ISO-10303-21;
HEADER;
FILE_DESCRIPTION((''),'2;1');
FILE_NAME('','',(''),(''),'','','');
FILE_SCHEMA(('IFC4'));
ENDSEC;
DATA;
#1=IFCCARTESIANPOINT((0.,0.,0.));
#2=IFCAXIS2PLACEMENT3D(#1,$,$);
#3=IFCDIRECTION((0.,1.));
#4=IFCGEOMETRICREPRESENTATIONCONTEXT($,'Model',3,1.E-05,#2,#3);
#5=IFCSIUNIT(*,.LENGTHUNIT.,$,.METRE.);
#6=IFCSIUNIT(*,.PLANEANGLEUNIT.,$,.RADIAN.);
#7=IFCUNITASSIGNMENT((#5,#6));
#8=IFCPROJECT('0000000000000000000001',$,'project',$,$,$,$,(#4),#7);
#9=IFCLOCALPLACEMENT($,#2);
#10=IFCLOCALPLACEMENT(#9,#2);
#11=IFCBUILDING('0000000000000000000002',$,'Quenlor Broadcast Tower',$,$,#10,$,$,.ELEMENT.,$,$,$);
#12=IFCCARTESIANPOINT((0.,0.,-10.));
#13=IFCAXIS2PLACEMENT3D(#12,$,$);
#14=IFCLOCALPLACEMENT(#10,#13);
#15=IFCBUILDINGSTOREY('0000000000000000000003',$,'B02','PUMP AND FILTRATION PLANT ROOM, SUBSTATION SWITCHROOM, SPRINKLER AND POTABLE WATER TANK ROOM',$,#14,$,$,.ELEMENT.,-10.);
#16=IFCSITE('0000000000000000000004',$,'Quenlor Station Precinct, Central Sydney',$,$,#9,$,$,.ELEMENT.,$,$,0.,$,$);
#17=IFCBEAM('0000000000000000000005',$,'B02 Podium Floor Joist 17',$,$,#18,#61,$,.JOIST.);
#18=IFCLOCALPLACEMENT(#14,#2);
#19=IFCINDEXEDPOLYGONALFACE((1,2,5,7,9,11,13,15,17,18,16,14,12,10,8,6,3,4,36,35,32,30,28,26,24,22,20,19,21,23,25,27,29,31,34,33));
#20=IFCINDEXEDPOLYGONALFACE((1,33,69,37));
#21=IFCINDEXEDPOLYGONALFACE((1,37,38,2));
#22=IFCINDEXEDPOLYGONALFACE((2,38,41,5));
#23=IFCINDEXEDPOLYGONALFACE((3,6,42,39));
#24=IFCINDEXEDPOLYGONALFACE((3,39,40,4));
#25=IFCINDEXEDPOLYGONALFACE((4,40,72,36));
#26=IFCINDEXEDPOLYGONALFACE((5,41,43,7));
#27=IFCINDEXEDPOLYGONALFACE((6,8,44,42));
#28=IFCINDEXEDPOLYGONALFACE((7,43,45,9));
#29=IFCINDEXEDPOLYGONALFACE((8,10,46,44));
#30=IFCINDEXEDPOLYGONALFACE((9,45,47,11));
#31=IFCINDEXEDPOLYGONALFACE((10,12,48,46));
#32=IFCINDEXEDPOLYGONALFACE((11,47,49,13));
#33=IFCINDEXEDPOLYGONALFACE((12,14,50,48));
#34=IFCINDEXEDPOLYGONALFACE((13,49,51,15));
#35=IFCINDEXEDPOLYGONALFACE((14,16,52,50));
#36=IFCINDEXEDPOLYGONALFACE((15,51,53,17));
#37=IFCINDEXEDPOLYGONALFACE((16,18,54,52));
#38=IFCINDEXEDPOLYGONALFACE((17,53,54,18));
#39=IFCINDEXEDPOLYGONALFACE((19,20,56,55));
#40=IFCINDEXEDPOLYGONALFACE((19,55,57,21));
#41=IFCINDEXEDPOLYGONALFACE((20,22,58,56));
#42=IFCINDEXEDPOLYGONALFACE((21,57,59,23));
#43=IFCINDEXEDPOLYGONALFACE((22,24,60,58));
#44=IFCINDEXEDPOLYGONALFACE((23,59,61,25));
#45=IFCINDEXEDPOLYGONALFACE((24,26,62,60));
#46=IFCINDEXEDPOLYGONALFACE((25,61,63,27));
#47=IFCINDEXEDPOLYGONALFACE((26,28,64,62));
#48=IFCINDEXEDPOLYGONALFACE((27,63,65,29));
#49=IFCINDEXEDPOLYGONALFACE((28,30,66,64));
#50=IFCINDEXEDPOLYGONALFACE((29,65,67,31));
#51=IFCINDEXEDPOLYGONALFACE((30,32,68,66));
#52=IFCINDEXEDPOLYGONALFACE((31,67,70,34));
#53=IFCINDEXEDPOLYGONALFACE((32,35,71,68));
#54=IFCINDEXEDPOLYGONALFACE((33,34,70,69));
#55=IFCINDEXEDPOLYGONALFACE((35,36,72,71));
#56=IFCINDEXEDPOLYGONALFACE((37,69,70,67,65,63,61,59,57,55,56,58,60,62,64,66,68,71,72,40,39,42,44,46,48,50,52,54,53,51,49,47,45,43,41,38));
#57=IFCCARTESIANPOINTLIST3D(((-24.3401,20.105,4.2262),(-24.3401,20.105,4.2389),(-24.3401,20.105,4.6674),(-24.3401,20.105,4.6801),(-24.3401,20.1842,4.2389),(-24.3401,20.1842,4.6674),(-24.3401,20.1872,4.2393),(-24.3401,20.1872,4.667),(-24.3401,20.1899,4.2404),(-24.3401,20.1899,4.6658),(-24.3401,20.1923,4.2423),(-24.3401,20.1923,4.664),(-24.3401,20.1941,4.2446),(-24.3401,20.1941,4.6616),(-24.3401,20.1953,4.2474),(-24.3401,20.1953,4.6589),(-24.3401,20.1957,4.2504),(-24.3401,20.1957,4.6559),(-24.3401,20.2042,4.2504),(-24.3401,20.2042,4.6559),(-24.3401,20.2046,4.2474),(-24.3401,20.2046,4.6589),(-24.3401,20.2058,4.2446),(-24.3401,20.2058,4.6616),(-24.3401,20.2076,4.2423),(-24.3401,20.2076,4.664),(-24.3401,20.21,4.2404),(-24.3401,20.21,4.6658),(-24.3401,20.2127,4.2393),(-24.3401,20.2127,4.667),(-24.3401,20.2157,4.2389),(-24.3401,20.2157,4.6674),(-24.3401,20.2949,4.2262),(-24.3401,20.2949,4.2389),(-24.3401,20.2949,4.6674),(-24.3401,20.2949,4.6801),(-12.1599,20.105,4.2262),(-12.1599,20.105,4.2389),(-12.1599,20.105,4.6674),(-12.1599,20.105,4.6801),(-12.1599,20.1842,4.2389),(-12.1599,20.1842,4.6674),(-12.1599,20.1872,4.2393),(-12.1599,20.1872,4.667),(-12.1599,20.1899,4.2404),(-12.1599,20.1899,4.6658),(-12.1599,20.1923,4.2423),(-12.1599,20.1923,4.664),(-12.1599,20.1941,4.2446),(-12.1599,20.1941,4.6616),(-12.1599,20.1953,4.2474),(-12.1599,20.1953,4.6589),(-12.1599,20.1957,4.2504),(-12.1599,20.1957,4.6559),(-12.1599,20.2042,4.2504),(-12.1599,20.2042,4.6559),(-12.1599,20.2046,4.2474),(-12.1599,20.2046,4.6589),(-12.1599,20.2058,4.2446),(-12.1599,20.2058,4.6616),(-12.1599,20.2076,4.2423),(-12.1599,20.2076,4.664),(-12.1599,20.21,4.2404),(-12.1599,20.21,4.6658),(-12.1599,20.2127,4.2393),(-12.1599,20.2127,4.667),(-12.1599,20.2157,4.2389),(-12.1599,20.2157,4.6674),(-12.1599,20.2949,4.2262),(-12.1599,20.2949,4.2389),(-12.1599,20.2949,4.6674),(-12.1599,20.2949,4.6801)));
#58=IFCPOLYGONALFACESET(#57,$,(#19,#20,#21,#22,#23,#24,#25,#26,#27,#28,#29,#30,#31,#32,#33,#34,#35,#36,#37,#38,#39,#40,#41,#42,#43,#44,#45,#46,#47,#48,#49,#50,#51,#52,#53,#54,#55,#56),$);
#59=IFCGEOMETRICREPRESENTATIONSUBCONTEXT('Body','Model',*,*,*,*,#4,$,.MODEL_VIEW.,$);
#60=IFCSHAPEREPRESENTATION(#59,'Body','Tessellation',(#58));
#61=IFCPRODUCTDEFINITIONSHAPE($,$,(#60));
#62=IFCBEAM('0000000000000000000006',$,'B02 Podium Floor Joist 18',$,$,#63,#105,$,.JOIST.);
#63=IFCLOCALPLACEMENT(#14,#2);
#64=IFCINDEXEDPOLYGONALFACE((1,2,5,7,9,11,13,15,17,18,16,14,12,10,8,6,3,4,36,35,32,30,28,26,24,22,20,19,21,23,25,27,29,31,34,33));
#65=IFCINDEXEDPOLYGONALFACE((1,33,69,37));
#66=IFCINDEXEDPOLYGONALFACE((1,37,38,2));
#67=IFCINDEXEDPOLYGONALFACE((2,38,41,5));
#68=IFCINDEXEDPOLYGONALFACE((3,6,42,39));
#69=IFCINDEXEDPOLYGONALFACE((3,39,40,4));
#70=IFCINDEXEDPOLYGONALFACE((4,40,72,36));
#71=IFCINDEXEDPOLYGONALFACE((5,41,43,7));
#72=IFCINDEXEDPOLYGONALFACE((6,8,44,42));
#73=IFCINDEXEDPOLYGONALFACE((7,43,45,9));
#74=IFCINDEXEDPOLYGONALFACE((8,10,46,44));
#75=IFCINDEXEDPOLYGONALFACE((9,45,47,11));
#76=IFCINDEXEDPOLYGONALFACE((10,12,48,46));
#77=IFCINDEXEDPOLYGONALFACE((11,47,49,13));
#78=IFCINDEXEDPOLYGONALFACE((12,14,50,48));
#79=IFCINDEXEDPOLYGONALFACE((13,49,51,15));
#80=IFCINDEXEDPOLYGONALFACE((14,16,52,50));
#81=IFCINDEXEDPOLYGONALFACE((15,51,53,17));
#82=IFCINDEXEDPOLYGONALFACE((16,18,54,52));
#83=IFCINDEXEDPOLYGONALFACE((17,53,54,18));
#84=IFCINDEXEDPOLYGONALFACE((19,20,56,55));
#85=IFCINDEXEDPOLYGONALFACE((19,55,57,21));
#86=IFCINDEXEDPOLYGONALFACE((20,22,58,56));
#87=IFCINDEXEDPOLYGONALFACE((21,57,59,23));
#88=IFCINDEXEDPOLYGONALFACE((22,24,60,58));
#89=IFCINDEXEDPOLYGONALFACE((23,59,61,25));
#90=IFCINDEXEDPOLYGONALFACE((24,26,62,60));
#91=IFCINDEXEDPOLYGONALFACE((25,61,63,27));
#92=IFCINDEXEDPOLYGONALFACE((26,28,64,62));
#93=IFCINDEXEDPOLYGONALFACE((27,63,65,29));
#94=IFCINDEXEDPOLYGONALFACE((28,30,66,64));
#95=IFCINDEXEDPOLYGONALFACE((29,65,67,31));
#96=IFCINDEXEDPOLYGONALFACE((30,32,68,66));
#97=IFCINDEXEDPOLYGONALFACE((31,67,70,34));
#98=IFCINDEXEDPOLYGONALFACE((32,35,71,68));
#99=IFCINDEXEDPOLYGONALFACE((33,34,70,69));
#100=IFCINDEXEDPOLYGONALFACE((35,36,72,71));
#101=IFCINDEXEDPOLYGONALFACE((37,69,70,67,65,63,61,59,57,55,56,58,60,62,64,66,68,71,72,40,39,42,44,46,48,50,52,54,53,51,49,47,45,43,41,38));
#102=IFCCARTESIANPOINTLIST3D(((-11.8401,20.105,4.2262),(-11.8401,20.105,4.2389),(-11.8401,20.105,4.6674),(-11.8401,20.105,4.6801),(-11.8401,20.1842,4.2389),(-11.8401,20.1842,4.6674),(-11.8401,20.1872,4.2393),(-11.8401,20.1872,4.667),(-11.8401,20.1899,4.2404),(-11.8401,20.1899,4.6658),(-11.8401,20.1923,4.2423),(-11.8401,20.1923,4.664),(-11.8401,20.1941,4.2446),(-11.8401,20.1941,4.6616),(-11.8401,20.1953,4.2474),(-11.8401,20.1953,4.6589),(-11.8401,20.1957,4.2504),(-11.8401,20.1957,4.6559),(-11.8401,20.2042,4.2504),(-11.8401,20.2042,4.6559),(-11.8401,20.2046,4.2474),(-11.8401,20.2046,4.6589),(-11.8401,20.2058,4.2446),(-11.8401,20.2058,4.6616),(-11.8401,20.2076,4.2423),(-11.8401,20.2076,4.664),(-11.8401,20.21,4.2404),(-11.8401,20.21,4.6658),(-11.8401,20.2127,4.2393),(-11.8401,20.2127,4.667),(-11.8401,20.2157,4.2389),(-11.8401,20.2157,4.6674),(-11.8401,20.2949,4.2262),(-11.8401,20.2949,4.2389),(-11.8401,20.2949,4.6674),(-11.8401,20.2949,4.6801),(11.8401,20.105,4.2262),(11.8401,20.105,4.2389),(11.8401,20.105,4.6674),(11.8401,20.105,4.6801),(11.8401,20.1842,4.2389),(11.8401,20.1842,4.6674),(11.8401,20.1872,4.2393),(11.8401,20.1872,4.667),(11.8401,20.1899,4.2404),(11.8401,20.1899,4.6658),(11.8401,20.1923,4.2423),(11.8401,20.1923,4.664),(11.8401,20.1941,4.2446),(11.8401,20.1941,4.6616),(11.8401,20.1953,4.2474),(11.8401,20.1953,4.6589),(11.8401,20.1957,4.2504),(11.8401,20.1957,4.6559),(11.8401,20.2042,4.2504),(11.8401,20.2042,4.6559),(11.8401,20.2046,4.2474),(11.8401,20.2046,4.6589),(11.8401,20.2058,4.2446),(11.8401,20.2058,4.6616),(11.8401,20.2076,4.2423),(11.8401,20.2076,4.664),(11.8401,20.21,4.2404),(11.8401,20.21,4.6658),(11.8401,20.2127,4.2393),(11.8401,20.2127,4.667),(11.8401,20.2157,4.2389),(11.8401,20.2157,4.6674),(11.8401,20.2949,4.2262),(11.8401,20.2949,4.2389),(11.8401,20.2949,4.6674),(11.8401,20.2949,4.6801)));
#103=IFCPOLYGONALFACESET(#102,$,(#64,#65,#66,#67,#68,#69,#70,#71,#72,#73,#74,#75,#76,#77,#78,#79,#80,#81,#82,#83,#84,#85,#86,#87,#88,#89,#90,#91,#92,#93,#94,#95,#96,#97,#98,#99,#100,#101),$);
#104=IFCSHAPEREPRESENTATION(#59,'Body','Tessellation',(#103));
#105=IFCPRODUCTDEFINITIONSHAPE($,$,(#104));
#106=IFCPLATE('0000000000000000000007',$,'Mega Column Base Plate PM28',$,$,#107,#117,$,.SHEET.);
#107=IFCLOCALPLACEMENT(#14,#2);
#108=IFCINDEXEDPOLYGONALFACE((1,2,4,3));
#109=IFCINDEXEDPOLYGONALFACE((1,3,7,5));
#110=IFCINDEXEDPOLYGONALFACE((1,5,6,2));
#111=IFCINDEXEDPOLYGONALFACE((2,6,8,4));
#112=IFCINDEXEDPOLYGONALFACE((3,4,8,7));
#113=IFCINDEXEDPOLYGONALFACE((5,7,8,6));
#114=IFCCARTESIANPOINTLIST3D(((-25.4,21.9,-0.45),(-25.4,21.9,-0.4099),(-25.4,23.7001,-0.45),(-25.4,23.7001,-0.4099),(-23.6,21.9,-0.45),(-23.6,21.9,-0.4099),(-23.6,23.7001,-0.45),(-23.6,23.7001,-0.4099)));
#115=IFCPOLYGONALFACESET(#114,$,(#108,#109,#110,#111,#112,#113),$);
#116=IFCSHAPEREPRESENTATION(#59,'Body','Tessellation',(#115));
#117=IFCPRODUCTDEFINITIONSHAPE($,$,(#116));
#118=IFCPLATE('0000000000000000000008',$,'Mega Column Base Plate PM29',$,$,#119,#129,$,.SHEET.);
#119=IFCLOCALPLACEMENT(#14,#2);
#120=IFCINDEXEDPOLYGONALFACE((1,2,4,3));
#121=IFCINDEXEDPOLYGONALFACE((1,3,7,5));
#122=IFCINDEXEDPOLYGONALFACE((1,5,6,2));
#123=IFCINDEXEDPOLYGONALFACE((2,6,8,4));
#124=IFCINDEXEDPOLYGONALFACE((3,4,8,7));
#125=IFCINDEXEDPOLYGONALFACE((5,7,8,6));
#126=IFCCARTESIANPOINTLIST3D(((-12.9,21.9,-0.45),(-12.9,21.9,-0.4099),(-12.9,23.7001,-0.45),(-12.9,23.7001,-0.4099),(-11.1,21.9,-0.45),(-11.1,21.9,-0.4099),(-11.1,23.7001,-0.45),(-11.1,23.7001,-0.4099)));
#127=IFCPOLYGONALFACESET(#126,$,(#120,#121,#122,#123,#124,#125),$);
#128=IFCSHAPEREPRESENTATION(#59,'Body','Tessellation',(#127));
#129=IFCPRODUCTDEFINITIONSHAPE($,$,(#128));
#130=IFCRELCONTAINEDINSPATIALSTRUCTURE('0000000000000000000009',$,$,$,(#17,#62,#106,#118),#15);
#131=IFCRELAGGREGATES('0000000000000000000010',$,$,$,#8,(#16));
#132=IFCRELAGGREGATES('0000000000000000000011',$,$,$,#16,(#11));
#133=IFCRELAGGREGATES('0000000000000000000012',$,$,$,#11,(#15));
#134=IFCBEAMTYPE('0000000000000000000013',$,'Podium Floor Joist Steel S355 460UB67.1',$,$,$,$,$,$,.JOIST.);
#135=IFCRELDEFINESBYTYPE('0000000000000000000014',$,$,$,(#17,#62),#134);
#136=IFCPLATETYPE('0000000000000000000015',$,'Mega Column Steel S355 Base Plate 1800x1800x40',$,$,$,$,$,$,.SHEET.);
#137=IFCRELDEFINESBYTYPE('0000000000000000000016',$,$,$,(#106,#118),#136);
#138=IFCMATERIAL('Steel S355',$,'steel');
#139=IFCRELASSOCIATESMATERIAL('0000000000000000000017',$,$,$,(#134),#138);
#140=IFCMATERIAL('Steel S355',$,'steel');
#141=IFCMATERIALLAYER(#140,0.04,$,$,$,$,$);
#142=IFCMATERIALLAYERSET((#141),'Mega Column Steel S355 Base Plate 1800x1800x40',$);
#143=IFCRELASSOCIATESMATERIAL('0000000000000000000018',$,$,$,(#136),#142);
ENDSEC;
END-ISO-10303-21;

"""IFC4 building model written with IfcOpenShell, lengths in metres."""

from ifc_helpers import new_model, si_unit, direction, frame, origin, origin_2d, place, context, subcontext, project, spatial, rectangle, i_section, extrude, material, layer, layer_set, material_profile, profile_set, type_object, element, save


model = new_model("IFC4")

# Units and contexts
model_context = context("Model", 3, precision=1e-05, world=origin(), true_north=direction((0.0, 1.0)))
body_context = subcontext(model_context, "Body", "Model", "MODEL_VIEW")
ifc_project = project(units=[si_unit("LENGTHUNIT", "METRE"), si_unit("PLANEANGLEUNIT", "RADIAN")], contexts=[model_context])

# Site, building, storey
site_placement = place(None, origin())
site = spatial("IfcSite", under=ifc_project, at=site_placement, Name="Quenlor Station Precinct, Central Sydney", CompositionType="ELEMENT", RefElevation=0.0)
building_placement = place(site_placement, origin())
building = spatial("IfcBuilding", under=site, at=building_placement, Name="Quenlor Broadcast Tower", CompositionType="ELEMENT")
storey_placement = place(building_placement, frame((0.0, 0.0, -10.0)))
storey = spatial("IfcBuildingStorey", under=building, at=storey_placement, Name="B02", Description="PUMP AND FILTRATION PLANT ROOM, SUBSTATION SWITCHROOM, SPRINKLER AND POTABLE WATER TANK ROOM", CompositionType="ELEMENT", Elevation=-10.0)

# Beams
ifc_material_1 = material(Name="Steel S355", Category="steel")
ifc_material_profile_1 = material_profile(ifc_material_1, i_section(OverallWidth=0.1899, OverallDepth=0.4539, WebThickness=0.0085, FlangeThickness=0.0127, FilletRadius=0.0115, at=origin_2d()))
ifc_profile_set_1 = profile_set([ifc_material_profile_1], Name="Steel S355 460UB67.1")
beam_type_1 = type_object("IfcBeamType", Name="Podium Floor Joist Steel S355 460UB67.1", PredefinedType="JOIST", material=ifc_profile_set_1)
beam_1_placement = place(storey_placement, frame((-24.3401, 20.2, 4.4531), z_axis=(1.0, 0.0, 0.0), x_axis=(0.0, 1.0, 0.0)))
element("IfcBeam", 1, at=beam_1_placement, inside=storey, type_object=beam_type_1, Name="B02 Podium Floor Joist 17", PredefinedType="JOIST", context=body_context, shape_type="SweptSolid", body=[
    extrude(i_section(OverallWidth=0.1899, OverallDepth=0.4539, WebThickness=0.0085, FlangeThickness=0.0127, FilletRadius=0.0115, at=origin_2d()), origin(), (0.0, 0.0, 1.0), 12.1802),
])
beam_2_placement = place(storey_placement, frame((-11.8401, 20.2, 4.4531), z_axis=(1.0, 0.0, 0.0), x_axis=(0.0, 1.0, 0.0)))
element("IfcBeam", 2, at=beam_2_placement, inside=storey, type_object=beam_type_1, Name="B02 Podium Floor Joist 18", PredefinedType="JOIST", context=body_context, shape_type="SweptSolid", body=[
    extrude(i_section(OverallWidth=0.1899, OverallDepth=0.4539, WebThickness=0.0085, FlangeThickness=0.0127, FilletRadius=0.0115, at=origin_2d()), origin(), (0.0, 0.0, 1.0), 23.6802),
])

# Plates
ifc_material_2 = material(Name="Steel S355", Category="steel")
ifc_layer = layer(ifc_material_2, 0.04)
ifc_layer_set = layer_set([ifc_layer], Name="Mega Column Steel S355 Base Plate 1800x1800x40")
plate_type = type_object("IfcPlateType", Name="Mega Column Steel S355 Base Plate 1800x1800x40", PredefinedType="SHEET", material=ifc_layer_set)
for number, where, z_axis, x_axis, name in (
    (3, (-24.5, 22.8, -0.45), (0.0, 0.0, 1.0), (1.0, 0.0, 0.0), "Mega Column Base Plate PM28"),
    (4, (-12.0, 22.8, -0.45), (0.0, 0.0, 1.0), (1.0, 0.0, 0.0), "Mega Column Base Plate PM29"),
):
    element("IfcPlate", number, at=place(storey_placement, frame(where, z_axis=z_axis, x_axis=x_axis)), inside=storey, type_object=plate_type, Name=name, PredefinedType="SHEET", context=body_context, shape_type="SweptSolid", body=[
        extrude(rectangle(XDim=1.8, YDim=1.8, at=origin_2d()), origin(), (0.0, 0.0, 1.0), 0.04),
    ])

save(model, "model.ifc")
